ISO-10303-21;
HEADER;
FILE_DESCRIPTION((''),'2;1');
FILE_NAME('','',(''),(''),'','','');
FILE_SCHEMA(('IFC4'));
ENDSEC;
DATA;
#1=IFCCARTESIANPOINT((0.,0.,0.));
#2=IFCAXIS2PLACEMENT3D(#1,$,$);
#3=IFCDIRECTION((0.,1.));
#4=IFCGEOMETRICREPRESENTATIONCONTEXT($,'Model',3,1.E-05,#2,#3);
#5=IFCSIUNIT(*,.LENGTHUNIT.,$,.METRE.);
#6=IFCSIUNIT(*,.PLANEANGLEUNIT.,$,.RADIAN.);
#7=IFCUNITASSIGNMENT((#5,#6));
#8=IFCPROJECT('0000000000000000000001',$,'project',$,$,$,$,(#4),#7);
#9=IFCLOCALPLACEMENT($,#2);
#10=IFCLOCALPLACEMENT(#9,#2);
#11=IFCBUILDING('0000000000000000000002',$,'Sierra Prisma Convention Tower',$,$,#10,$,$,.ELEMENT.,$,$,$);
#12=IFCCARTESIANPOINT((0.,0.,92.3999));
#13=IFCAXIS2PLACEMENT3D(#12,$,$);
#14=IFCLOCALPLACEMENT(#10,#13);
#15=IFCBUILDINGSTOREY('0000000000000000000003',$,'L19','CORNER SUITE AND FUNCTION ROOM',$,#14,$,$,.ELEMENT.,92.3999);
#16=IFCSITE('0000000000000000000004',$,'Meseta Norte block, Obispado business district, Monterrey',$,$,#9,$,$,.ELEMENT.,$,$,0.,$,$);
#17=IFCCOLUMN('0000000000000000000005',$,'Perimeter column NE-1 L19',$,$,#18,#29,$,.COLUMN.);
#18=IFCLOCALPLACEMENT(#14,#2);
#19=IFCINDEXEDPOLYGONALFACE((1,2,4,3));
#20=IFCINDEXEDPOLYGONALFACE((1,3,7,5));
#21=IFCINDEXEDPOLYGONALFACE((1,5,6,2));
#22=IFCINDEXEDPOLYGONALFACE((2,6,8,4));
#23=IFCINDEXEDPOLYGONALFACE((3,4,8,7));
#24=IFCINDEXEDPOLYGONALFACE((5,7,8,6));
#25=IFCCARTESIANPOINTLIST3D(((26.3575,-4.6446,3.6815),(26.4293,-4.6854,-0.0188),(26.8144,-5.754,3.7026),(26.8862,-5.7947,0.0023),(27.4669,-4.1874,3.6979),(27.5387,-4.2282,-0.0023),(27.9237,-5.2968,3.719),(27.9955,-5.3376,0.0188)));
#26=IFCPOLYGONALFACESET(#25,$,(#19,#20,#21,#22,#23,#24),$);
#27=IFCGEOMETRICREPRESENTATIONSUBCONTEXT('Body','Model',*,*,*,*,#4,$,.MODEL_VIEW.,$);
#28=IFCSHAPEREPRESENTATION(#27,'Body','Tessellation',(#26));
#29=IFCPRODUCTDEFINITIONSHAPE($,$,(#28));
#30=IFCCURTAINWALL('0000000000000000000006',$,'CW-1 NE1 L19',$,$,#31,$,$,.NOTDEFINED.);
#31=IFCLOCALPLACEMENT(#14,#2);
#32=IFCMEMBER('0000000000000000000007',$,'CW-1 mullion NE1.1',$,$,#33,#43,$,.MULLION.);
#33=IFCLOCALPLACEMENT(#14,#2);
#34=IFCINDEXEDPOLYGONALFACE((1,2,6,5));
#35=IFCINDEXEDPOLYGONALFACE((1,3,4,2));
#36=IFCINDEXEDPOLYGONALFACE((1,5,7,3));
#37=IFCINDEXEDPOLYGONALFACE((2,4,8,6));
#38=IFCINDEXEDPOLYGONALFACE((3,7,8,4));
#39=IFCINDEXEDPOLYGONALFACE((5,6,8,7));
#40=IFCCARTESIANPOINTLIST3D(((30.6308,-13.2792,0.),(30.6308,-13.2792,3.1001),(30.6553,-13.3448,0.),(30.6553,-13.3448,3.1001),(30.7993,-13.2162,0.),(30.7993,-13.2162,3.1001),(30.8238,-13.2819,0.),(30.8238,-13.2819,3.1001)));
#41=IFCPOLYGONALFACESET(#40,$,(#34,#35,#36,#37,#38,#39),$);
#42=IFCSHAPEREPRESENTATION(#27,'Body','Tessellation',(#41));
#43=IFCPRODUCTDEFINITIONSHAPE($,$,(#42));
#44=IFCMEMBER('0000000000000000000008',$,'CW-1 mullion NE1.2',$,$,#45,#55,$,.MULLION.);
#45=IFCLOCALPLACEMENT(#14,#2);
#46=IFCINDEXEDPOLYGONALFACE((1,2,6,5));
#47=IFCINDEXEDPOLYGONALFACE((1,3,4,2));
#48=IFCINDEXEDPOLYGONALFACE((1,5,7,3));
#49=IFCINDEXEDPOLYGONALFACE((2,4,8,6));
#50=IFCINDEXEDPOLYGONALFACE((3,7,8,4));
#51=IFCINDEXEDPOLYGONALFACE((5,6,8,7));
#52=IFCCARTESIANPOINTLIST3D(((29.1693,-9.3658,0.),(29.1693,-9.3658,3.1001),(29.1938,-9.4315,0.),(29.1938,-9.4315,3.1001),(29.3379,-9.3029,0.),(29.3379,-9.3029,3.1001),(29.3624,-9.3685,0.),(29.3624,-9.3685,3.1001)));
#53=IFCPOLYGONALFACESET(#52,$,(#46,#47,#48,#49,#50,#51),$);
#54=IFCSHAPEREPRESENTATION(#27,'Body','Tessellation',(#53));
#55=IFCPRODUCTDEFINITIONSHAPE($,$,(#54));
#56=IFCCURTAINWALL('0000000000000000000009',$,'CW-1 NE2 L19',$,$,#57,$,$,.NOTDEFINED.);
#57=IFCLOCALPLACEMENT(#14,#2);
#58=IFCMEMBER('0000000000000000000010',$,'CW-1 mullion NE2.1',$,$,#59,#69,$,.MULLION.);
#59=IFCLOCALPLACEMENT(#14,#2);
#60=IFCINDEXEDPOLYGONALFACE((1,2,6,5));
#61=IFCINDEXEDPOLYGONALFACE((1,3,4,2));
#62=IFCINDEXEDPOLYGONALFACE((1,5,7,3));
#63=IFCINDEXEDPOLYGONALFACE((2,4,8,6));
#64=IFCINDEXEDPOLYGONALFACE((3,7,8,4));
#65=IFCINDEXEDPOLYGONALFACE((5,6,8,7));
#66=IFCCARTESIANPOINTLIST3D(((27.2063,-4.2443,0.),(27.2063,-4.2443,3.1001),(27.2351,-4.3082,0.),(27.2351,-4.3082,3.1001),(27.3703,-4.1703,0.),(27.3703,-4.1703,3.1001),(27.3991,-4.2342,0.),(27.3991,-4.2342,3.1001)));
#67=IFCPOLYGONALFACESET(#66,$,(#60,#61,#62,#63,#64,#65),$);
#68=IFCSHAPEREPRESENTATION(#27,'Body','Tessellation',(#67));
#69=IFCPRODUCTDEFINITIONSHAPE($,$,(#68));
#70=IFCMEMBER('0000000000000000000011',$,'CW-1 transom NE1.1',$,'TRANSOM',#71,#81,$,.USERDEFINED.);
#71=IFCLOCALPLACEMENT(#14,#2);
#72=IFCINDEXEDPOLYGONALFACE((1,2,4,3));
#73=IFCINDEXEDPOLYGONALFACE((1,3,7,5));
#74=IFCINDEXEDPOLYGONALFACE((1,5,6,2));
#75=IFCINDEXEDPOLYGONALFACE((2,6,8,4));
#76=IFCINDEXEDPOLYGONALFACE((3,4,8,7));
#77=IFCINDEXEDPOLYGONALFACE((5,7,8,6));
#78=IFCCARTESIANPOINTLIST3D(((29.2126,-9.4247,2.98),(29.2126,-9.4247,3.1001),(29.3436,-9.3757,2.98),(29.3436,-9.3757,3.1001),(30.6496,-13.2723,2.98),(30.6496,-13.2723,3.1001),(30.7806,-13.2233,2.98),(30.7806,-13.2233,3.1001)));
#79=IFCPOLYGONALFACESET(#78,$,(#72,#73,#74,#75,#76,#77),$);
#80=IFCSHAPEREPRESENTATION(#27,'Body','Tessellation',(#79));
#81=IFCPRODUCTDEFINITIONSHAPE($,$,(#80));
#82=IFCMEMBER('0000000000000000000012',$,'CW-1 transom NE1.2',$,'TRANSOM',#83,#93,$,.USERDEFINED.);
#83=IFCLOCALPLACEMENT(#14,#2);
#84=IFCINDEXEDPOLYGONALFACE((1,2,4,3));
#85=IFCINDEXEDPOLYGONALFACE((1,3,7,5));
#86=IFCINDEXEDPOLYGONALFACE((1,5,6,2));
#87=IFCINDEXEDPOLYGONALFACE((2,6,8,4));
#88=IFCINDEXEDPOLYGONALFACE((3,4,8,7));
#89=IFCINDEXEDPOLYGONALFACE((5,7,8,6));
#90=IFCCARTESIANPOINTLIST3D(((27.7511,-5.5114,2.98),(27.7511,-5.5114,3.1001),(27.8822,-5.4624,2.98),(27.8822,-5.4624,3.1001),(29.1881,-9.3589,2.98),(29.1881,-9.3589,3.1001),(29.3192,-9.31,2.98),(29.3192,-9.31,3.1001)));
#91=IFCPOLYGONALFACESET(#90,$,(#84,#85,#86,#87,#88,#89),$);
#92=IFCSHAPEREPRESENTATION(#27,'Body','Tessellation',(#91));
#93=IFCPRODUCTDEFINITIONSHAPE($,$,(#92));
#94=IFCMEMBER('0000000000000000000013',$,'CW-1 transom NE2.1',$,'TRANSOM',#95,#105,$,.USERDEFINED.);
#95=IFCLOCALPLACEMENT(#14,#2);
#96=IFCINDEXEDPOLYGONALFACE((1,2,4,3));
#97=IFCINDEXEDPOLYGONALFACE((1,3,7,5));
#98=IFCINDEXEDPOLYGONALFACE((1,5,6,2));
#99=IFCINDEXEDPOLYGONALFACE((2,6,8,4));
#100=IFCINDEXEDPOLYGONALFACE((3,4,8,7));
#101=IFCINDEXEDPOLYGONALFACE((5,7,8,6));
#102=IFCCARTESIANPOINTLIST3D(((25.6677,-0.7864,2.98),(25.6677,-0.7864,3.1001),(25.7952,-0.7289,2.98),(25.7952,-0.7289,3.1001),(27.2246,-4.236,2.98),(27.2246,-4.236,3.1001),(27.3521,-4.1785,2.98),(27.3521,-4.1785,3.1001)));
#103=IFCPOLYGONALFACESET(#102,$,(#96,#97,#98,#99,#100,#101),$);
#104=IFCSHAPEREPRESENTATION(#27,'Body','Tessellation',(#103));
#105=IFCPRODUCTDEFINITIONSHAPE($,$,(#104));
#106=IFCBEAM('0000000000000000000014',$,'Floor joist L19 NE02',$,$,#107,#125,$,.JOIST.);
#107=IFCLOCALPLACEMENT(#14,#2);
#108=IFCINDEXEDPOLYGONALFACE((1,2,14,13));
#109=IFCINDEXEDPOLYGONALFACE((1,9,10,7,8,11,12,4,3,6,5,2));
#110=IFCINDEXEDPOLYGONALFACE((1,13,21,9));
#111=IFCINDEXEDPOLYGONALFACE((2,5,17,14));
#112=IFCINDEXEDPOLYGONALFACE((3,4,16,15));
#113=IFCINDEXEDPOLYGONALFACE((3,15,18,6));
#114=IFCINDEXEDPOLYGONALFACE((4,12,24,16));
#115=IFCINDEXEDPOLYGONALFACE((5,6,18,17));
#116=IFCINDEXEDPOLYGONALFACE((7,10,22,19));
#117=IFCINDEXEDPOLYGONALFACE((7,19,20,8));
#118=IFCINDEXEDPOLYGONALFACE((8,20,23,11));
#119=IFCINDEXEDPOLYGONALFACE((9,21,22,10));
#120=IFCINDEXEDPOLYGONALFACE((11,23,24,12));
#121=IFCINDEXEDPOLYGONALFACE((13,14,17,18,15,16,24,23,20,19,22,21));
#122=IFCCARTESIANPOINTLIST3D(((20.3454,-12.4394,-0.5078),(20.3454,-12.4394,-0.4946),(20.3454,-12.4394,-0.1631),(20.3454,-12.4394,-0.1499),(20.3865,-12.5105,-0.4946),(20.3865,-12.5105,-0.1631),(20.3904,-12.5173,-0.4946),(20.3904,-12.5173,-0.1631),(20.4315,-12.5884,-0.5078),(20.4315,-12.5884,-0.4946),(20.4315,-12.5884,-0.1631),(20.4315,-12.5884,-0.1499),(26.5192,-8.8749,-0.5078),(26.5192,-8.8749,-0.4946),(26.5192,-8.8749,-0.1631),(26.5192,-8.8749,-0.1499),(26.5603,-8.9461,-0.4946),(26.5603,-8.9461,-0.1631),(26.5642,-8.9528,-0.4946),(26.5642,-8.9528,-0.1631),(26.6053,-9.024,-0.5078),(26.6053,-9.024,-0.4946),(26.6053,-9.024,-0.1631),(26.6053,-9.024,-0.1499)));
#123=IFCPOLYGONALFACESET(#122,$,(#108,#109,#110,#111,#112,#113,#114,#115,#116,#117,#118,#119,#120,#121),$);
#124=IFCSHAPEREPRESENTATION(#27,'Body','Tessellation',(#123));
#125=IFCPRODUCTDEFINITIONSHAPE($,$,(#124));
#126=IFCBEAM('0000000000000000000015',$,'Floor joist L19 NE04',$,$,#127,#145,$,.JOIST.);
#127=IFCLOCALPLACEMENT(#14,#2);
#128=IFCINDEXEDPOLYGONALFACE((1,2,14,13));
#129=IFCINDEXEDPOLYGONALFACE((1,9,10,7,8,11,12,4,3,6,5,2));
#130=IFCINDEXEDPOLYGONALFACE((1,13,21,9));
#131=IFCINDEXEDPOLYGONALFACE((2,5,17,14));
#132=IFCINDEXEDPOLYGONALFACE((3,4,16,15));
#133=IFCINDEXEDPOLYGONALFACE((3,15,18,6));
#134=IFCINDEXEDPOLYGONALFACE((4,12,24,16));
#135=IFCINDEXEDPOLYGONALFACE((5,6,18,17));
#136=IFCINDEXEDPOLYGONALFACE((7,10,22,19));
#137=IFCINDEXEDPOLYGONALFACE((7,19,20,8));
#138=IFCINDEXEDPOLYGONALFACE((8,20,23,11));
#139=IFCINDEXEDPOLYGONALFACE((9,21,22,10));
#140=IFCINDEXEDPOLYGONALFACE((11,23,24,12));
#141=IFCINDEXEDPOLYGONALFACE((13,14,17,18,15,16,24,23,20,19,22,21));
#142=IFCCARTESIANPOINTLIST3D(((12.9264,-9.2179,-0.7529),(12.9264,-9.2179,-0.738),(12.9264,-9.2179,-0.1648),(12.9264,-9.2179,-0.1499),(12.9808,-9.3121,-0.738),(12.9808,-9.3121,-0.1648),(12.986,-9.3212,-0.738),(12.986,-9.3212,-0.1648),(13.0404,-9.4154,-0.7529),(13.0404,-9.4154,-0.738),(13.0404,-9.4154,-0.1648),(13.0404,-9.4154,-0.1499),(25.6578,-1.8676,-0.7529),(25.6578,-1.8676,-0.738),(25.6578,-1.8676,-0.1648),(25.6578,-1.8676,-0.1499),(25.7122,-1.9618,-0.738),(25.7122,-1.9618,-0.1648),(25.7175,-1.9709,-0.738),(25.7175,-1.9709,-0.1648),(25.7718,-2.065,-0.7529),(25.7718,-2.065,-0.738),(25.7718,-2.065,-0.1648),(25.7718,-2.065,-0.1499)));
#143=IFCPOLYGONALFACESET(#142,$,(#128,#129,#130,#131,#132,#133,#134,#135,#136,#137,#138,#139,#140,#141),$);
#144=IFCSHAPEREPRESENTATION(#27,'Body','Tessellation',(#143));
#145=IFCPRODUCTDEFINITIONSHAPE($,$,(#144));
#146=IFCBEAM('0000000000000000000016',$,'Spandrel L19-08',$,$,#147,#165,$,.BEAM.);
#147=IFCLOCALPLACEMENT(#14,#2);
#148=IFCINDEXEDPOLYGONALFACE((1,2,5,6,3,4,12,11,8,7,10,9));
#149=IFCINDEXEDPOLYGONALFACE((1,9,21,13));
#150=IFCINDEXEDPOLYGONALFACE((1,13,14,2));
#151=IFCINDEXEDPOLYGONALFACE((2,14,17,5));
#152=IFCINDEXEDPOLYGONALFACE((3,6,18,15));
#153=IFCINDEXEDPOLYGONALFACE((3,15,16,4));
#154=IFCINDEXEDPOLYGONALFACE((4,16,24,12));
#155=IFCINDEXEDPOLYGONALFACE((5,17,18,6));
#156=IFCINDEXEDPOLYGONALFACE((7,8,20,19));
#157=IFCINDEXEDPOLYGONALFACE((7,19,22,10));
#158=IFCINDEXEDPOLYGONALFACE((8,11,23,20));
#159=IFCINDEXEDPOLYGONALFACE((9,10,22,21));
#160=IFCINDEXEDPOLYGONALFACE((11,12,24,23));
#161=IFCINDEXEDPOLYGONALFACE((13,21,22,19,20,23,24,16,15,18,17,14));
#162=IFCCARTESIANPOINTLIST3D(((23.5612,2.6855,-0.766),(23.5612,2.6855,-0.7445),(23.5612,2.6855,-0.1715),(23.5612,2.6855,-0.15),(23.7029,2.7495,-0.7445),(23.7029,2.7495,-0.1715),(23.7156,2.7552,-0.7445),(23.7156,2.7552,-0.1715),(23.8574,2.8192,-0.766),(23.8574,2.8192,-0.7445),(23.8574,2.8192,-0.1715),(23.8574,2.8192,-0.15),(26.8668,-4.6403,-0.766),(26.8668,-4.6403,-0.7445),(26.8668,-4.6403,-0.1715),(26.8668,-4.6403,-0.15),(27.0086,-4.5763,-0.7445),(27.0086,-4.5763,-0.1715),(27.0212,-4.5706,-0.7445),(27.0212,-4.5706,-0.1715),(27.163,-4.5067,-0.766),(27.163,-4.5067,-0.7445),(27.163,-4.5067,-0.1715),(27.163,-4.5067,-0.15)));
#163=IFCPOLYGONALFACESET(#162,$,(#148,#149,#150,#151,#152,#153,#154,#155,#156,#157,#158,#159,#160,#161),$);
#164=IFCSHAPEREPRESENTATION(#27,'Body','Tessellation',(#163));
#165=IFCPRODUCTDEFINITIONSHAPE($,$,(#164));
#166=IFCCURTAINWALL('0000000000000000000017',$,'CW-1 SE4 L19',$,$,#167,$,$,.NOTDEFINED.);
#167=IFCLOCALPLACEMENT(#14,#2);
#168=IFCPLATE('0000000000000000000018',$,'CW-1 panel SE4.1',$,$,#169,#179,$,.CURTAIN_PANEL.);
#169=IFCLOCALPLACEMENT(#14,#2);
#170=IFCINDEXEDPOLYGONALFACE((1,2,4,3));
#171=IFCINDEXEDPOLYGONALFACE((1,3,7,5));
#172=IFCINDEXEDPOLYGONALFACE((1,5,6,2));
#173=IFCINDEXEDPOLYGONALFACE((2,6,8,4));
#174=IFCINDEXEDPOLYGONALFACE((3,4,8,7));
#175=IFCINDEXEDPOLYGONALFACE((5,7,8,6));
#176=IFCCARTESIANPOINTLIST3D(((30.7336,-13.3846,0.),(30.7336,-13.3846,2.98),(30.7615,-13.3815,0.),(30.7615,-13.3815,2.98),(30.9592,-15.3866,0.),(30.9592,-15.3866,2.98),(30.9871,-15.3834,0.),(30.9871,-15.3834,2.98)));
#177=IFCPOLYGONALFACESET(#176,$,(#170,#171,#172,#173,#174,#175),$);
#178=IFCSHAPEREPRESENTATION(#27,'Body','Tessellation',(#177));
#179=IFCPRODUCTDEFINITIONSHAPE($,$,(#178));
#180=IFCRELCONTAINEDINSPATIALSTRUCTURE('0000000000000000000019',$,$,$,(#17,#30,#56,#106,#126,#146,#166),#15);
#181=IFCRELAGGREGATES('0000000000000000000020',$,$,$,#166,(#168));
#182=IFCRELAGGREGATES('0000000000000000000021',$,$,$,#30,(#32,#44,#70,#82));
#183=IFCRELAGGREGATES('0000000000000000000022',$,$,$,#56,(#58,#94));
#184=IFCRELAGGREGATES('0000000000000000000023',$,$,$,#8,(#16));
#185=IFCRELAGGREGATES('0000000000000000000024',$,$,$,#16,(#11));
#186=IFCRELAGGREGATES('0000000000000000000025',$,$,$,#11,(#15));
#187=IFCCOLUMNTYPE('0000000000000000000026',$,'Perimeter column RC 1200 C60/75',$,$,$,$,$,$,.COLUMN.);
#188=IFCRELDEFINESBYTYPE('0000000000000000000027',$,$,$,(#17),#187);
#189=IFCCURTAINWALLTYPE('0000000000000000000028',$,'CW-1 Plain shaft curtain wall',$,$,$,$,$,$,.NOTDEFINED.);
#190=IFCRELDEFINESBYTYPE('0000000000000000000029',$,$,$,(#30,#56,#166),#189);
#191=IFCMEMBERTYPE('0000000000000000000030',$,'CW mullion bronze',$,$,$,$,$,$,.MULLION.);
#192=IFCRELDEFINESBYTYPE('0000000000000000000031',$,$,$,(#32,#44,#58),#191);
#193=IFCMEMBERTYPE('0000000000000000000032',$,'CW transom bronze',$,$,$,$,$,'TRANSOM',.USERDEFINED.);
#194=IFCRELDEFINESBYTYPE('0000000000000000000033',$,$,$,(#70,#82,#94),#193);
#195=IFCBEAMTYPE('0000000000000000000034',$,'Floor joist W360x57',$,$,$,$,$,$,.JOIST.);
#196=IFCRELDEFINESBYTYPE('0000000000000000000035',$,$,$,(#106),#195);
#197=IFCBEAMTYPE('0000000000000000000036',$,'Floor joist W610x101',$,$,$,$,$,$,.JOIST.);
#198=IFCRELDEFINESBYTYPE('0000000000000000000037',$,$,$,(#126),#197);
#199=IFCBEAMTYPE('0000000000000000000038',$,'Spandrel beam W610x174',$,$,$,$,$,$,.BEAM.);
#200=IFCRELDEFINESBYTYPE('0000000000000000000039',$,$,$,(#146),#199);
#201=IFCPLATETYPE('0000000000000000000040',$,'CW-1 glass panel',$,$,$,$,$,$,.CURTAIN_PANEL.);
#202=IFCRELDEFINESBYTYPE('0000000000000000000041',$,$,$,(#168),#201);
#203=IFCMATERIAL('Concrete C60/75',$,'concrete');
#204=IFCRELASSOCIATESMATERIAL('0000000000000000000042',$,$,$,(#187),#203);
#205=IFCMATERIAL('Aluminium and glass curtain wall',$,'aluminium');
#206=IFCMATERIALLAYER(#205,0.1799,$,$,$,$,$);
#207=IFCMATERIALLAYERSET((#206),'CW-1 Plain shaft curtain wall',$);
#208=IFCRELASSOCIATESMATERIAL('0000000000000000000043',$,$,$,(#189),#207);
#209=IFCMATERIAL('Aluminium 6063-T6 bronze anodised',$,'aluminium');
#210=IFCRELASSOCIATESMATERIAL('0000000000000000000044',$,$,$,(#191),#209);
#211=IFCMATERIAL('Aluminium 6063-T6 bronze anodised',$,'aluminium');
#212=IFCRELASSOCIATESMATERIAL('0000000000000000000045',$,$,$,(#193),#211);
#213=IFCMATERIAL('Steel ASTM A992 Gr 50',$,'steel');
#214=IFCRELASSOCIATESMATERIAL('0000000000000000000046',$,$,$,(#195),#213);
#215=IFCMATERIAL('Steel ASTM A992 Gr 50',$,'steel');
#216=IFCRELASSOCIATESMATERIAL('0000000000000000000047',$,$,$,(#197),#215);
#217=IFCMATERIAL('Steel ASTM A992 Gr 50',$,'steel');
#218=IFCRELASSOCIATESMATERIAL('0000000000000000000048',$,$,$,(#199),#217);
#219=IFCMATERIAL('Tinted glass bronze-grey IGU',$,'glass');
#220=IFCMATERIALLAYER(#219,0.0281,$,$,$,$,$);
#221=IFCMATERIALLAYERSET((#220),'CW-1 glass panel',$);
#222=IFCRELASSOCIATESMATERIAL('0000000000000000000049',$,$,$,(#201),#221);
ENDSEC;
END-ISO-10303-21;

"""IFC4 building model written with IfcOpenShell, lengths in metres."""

from ifc_helpers import new_model, si_unit, direction, frame, origin, origin_2d, place, context, subcontext, project, spatial, rectangle, i_section, extrude, material, layer, layer_set, material_profile, profile_set, type_object, element, aggregate, save


model = new_model("IFC4")

# Units and contexts
model_context = context("Model", 3, precision=1e-05, world=origin(), true_north=direction((0.0, 1.0)))
body_context = subcontext(model_context, "Body", "Model", "MODEL_VIEW")
ifc_project = project(units=[si_unit("LENGTHUNIT", "METRE"), si_unit("PLANEANGLEUNIT", "RADIAN")], contexts=[model_context])

# Site, building, storey
site_placement = place(None, origin())
site = spatial("IfcSite", under=ifc_project, at=site_placement, Name="Meseta Norte block, Obispado business district, Monterrey", CompositionType="ELEMENT", RefElevation=0.0)
building_placement = place(site_placement, origin())
building = spatial("IfcBuilding", under=site, at=building_placement, Name="Sierra Prisma Convention Tower", CompositionType="ELEMENT")
storey_placement = place(building_placement, frame((0.0, 0.0, 92.3999)))
storey = spatial("IfcBuildingStorey", under=building, at=storey_placement, Name="L19", Description="CORNER SUITE AND FUNCTION ROOM", CompositionType="ELEMENT", Elevation=92.3999)

# Column
ifc_material_1 = material(Name="Concrete C60/75", Category="concrete")
ifc_material_profile_1 = material_profile(ifc_material_1, rectangle(XDim=1.2, YDim=1.2, at=origin_2d()), Name="Perimeter column RC 1200 C60/75")
ifc_profile_set_1 = profile_set([ifc_material_profile_1], Name="Concrete C60/75")
column_type = type_object("IfcColumnType", Name="Perimeter column RC 1200 C60/75", PredefinedType="COLUMN", material=ifc_profile_set_1)
column_placement = place(storey_placement, frame((27.2124, -5.0115, 0.0), z_axis=(-0.019393, 0.011016, 0.999751), x_axis=(-0.380718, 0.924524, -0.017572)))
element("IfcColumn", 1, at=column_placement, inside=storey, type_object=column_type, Name="Perimeter column NE-1 L19", PredefinedType="COLUMN", context=body_context, shape_type="SweptSolid", body=[
    extrude(rectangle(XDim=1.2, YDim=1.2, at=origin_2d()), origin(), (0.0, 0.0, 1.0), 3.7012),
])

# Curtain wall, members
ifc_material_2 = material(Name="Aluminium and glass curtain wall", Category="aluminium")
ifc_layer_1 = layer(ifc_material_2, 0.1799)
ifc_layer_set_1 = layer_set([ifc_layer_1], Name="CW-1 Plain shaft curtain wall")
curtain_wall_type = type_object("IfcCurtainWallType", Name="CW-1 Plain shaft curtain wall", PredefinedType="NOTDEFINED", material=ifc_layer_set_1)
curtain_wall_1_placement = place(storey_placement, origin())
curtain_wall_1 = element("IfcCurtainWall", 2, at=curtain_wall_1_placement, inside=storey, type_object=curtain_wall_type, Name="CW-1 NE1 L19", PredefinedType="NOTDEFINED")
ifc_material_3 = material(Name="Aluminium 6063-T6 bronze anodised", Category="aluminium")
ifc_material_profile_2 = material_profile(ifc_material_3, rectangle(XDim=0.1799, YDim=0.0701, at=origin_2d()), Name="ALU MULLION 70x180")
ifc_profile_set_2 = profile_set([ifc_material_profile_2], Name="Aluminium 6063-T6 bronze anodised")
member_type_1 = type_object("IfcMemberType", Name="CW mullion bronze", PredefinedType="MULLION", material=ifc_profile_set_2)
member_1_placement = place(storey_placement, frame((30.7273, -13.2805, 0.0), z_axis=(0.0, 0.0, 1.0), x_axis=(-0.936805, -0.349852, 0.0)))
member_1 = element("IfcMember", 3, at=member_1_placement, type_object=member_type_1, Name="CW-1 mullion NE1.1", PredefinedType="MULLION", context=body_context, shape_type="SweptSolid", body=[
    extrude(rectangle(XDim=0.1799, YDim=0.0701, at=origin_2d()), origin(), (0.0, 0.0, 1.0), 3.1001),
])
member_2_placement = place(storey_placement, frame((29.2659, -9.3672, 0.0), z_axis=(0.0, 0.0, 1.0), x_axis=(-0.936805, -0.349852, 0.0)))
member_2 = element("IfcMember", 4, at=member_2_placement, type_object=member_type_1, Name="CW-1 mullion NE1.2", PredefinedType="MULLION", context=body_context, shape_type="SweptSolid", body=[
    extrude(rectangle(XDim=0.1799, YDim=0.0701, at=origin_2d()), origin(), (0.0, 0.0, 1.0), 3.1001),
])

# Curtain wall, member
curtain_wall_2_placement = place(storey_placement, origin())
curtain_wall_2 = element("IfcCurtainWall", 5, at=curtain_wall_2_placement, inside=storey, type_object=curtain_wall_type, Name="CW-1 NE2 L19", PredefinedType="NOTDEFINED")
member_3_placement = place(storey_placement, frame((27.3027, -4.2393, 0.0), z_axis=(0.0, 0.0, 1.0), x_axis=(-0.911497, -0.411307, 0.0)))
member_3 = element("IfcMember", 6, at=member_3_placement, type_object=member_type_1, Name="CW-1 mullion NE2.1", PredefinedType="MULLION", context=body_context, shape_type="SweptSolid", body=[
    extrude(rectangle(XDim=0.1799, YDim=0.0701, at=origin_2d()), origin(), (0.0, 0.0, 1.0), 3.1001),
])

# Members
ifc_material_4 = material(Name="Aluminium 6063-T6 bronze anodised", Category="aluminium")
ifc_material_profile_3 = material_profile(ifc_material_4, rectangle(XDim=0.1399, YDim=0.1201, at=origin_2d()), Name="ALU TRANSOM 120x140")
ifc_profile_set_3 = profile_set([ifc_material_profile_3], Name="Aluminium 6063-T6 bronze anodised")
member_type_2 = type_object("IfcMemberType", Name="CW transom bronze", ElementType="TRANSOM", PredefinedType="USERDEFINED", material=ifc_profile_set_3)
member_4_placement = place(storey_placement, frame((30.7151, -13.2478, 3.04), z_axis=(-0.349872, 0.936797, 0.0), x_axis=(-0.936797, -0.349872, 0.0)))
member_4 = element("IfcMember", 7, at=member_4_placement, type_object=member_type_2, Name="CW-1 transom NE1.1", ObjectType="TRANSOM", PredefinedType="USERDEFINED", context=body_context, shape_type="SweptSolid", body=[
    extrude(rectangle(XDim=0.1399, YDim=0.1201, at=origin_2d()), origin(), (0.0, 0.0, 1.0), 4.1072),
])
member_5_placement = place(storey_placement, frame((29.2537, -9.3345, 3.04), z_axis=(-0.349872, 0.936797, 0.0), x_axis=(-0.936797, -0.349872, 0.0)))
member_5 = element("IfcMember", 8, at=member_5_placement, type_object=member_type_2, Name="CW-1 transom NE1.2", ObjectType="TRANSOM", PredefinedType="USERDEFINED", context=body_context, shape_type="SweptSolid", body=[
    extrude(rectangle(XDim=0.1399, YDim=0.1201, at=origin_2d()), origin(), (0.0, 0.0, 1.0), 4.1072),
])
member_6_placement = place(storey_placement, frame((27.2883, -4.2073, 3.04), z_axis=(-0.411357, 0.911474, 0.0), x_axis=(-0.911474, -0.411357, 0.0)))
member_6 = element("IfcMember", 9, at=member_6_placement, type_object=member_type_2, Name="CW-1 transom NE2.1", ObjectType="TRANSOM", PredefinedType="USERDEFINED", context=body_context, shape_type="SweptSolid", body=[
    extrude(rectangle(XDim=0.1399, YDim=0.1201, at=origin_2d()), origin(), (0.0, 0.0, 1.0), 3.7847),
])

# Beams
ifc_material_5 = material(Name="Steel ASTM A992 Gr 50", Category="steel")
ifc_material_profile_4 = material_profile(ifc_material_5, i_section(OverallWidth=0.1721, OverallDepth=0.3579, WebThickness=0.0078, FlangeThickness=0.0132, at=origin_2d()), Name="W360x57")
ifc_profile_set_4 = profile_set([ifc_material_profile_4], Name="Steel ASTM A992 Gr 50")
beam_type_1 = type_object("IfcBeamType", Name="Floor joist W360x57", PredefinedType="JOIST", material=ifc_profile_set_4)
beam_1_placement = place(storey_placement, frame((26.5623, -8.9495, -0.3289), z_axis=(-0.866026, -0.499999, 0.0), x_axis=(0.499999, -0.866026, 0.0)))
element("IfcBeam", 10, at=beam_1_placement, inside=storey, type_object=beam_type_1, Name="Floor joist L19 NE02", PredefinedType="JOIST", context=body_context, shape_type="SweptSolid", body=[
    extrude(i_section(OverallWidth=0.1721, OverallDepth=0.3579, WebThickness=0.0078, FlangeThickness=0.0132, at=origin_2d()), origin(), (0.0, 0.0, 1.0), 7.1289),
])
ifc_material_6 = material(Name="Steel ASTM A992 Gr 50", Category="steel")
ifc_material_profile_5 = material_profile(ifc_material_6, i_section(OverallWidth=0.228, OverallDepth=0.603, WebThickness=0.0105, FlangeThickness=0.0149, at=origin_2d()), Name="W610x101")
ifc_profile_set_5 = profile_set([ifc_material_profile_5], Name="Steel ASTM A992 Gr 50")
beam_type_2 = type_object("IfcBeamType", Name="Floor joist W610x101", PredefinedType="JOIST", material=ifc_profile_set_5)
beam_2_placement = place(storey_placement, frame((25.7148, -1.9663, -0.4514), z_axis=(-0.86603, -0.499992, 0.0), x_axis=(0.499992, -0.86603, 0.0)))
element("IfcBeam", 11, at=beam_2_placement, inside=storey, type_object=beam_type_2, Name="Floor joist L19 NE04", PredefinedType="JOIST", context=body_context, shape_type="SweptSolid", body=[
    extrude(i_section(OverallWidth=0.228, OverallDepth=0.603, WebThickness=0.0105, FlangeThickness=0.0149, at=origin_2d()), origin(), (0.0, 0.0, 1.0), 14.7009),
])
ifc_material_7 = material(Name="Steel ASTM A992 Gr 50", Category="steel")
ifc_material_profile_6 = material_profile(ifc_material_7, i_section(OverallWidth=0.325, OverallDepth=0.616, WebThickness=0.0139, FlangeThickness=0.0215, at=origin_2d()), Name="W610x174")
ifc_profile_set_6 = profile_set([ifc_material_profile_6], Name="Steel ASTM A992 Gr 50")
beam_type_3 = type_object("IfcBeamType", Name="Spandrel beam W610x174", PredefinedType="BEAM", material=ifc_profile_set_6)
beam_3_placement = place(storey_placement, frame((27.0149, -4.5735, -0.458), z_axis=(-0.411295, 0.911502, 0.0), x_axis=(-0.911502, -0.411295, 0.0)))
element("IfcBeam", 12, at=beam_3_placement, inside=storey, type_object=beam_type_3, Name="Spandrel L19-08", PredefinedType="BEAM", context=body_context, shape_type="SweptSolid", body=[
    extrude(i_section(OverallWidth=0.325, OverallDepth=0.616, WebThickness=0.0139, FlangeThickness=0.0215, at=origin_2d()), origin(), (0.0, 0.0, 1.0), 8.0371),
])

# Curtain wall, plate
curtain_wall_3_placement = place(storey_placement, origin())
curtain_wall_3 = element("IfcCurtainWall", 13, at=curtain_wall_3_placement, inside=storey, type_object=curtain_wall_type, Name="CW-1 SE4 L19", PredefinedType="NOTDEFINED")
ifc_material_8 = material(Name="Tinted glass bronze-grey IGU", Category="glass")
ifc_layer_2 = layer(ifc_material_8, 0.0281)
ifc_layer_set_2 = layer_set([ifc_layer_2], Name="CW-1 glass panel")
plate_type = type_object("IfcPlateType", Name="CW-1 glass panel", PredefinedType="CURTAIN_PANEL", material=ifc_layer_set_2)
plate_1_placement = place(storey_placement, frame((30.8604, -14.384, 0.0), z_axis=(0.0, 0.0, 1.0), x_axis=(-0.111997, 0.993709, 0.0)))
plate_1 = element("IfcPlate", 14, at=plate_1_placement, type_object=plate_type, Name="CW-1 panel SE4.1", PredefinedType="CURTAIN_PANEL", context=body_context, shape_type="SweptSolid", body=[
    extrude(rectangle(XDim=2.0146, YDim=0.0281, at=origin_2d()), origin(), (0.0, 0.0, 1.0), 2.98),
])
aggregate(curtain_wall_3, [plate_1])

aggregate(curtain_wall_1, [member_1, member_2, member_4, member_5])
aggregate(curtain_wall_2, [member_3, member_6])

save(model, "model.ifc")
